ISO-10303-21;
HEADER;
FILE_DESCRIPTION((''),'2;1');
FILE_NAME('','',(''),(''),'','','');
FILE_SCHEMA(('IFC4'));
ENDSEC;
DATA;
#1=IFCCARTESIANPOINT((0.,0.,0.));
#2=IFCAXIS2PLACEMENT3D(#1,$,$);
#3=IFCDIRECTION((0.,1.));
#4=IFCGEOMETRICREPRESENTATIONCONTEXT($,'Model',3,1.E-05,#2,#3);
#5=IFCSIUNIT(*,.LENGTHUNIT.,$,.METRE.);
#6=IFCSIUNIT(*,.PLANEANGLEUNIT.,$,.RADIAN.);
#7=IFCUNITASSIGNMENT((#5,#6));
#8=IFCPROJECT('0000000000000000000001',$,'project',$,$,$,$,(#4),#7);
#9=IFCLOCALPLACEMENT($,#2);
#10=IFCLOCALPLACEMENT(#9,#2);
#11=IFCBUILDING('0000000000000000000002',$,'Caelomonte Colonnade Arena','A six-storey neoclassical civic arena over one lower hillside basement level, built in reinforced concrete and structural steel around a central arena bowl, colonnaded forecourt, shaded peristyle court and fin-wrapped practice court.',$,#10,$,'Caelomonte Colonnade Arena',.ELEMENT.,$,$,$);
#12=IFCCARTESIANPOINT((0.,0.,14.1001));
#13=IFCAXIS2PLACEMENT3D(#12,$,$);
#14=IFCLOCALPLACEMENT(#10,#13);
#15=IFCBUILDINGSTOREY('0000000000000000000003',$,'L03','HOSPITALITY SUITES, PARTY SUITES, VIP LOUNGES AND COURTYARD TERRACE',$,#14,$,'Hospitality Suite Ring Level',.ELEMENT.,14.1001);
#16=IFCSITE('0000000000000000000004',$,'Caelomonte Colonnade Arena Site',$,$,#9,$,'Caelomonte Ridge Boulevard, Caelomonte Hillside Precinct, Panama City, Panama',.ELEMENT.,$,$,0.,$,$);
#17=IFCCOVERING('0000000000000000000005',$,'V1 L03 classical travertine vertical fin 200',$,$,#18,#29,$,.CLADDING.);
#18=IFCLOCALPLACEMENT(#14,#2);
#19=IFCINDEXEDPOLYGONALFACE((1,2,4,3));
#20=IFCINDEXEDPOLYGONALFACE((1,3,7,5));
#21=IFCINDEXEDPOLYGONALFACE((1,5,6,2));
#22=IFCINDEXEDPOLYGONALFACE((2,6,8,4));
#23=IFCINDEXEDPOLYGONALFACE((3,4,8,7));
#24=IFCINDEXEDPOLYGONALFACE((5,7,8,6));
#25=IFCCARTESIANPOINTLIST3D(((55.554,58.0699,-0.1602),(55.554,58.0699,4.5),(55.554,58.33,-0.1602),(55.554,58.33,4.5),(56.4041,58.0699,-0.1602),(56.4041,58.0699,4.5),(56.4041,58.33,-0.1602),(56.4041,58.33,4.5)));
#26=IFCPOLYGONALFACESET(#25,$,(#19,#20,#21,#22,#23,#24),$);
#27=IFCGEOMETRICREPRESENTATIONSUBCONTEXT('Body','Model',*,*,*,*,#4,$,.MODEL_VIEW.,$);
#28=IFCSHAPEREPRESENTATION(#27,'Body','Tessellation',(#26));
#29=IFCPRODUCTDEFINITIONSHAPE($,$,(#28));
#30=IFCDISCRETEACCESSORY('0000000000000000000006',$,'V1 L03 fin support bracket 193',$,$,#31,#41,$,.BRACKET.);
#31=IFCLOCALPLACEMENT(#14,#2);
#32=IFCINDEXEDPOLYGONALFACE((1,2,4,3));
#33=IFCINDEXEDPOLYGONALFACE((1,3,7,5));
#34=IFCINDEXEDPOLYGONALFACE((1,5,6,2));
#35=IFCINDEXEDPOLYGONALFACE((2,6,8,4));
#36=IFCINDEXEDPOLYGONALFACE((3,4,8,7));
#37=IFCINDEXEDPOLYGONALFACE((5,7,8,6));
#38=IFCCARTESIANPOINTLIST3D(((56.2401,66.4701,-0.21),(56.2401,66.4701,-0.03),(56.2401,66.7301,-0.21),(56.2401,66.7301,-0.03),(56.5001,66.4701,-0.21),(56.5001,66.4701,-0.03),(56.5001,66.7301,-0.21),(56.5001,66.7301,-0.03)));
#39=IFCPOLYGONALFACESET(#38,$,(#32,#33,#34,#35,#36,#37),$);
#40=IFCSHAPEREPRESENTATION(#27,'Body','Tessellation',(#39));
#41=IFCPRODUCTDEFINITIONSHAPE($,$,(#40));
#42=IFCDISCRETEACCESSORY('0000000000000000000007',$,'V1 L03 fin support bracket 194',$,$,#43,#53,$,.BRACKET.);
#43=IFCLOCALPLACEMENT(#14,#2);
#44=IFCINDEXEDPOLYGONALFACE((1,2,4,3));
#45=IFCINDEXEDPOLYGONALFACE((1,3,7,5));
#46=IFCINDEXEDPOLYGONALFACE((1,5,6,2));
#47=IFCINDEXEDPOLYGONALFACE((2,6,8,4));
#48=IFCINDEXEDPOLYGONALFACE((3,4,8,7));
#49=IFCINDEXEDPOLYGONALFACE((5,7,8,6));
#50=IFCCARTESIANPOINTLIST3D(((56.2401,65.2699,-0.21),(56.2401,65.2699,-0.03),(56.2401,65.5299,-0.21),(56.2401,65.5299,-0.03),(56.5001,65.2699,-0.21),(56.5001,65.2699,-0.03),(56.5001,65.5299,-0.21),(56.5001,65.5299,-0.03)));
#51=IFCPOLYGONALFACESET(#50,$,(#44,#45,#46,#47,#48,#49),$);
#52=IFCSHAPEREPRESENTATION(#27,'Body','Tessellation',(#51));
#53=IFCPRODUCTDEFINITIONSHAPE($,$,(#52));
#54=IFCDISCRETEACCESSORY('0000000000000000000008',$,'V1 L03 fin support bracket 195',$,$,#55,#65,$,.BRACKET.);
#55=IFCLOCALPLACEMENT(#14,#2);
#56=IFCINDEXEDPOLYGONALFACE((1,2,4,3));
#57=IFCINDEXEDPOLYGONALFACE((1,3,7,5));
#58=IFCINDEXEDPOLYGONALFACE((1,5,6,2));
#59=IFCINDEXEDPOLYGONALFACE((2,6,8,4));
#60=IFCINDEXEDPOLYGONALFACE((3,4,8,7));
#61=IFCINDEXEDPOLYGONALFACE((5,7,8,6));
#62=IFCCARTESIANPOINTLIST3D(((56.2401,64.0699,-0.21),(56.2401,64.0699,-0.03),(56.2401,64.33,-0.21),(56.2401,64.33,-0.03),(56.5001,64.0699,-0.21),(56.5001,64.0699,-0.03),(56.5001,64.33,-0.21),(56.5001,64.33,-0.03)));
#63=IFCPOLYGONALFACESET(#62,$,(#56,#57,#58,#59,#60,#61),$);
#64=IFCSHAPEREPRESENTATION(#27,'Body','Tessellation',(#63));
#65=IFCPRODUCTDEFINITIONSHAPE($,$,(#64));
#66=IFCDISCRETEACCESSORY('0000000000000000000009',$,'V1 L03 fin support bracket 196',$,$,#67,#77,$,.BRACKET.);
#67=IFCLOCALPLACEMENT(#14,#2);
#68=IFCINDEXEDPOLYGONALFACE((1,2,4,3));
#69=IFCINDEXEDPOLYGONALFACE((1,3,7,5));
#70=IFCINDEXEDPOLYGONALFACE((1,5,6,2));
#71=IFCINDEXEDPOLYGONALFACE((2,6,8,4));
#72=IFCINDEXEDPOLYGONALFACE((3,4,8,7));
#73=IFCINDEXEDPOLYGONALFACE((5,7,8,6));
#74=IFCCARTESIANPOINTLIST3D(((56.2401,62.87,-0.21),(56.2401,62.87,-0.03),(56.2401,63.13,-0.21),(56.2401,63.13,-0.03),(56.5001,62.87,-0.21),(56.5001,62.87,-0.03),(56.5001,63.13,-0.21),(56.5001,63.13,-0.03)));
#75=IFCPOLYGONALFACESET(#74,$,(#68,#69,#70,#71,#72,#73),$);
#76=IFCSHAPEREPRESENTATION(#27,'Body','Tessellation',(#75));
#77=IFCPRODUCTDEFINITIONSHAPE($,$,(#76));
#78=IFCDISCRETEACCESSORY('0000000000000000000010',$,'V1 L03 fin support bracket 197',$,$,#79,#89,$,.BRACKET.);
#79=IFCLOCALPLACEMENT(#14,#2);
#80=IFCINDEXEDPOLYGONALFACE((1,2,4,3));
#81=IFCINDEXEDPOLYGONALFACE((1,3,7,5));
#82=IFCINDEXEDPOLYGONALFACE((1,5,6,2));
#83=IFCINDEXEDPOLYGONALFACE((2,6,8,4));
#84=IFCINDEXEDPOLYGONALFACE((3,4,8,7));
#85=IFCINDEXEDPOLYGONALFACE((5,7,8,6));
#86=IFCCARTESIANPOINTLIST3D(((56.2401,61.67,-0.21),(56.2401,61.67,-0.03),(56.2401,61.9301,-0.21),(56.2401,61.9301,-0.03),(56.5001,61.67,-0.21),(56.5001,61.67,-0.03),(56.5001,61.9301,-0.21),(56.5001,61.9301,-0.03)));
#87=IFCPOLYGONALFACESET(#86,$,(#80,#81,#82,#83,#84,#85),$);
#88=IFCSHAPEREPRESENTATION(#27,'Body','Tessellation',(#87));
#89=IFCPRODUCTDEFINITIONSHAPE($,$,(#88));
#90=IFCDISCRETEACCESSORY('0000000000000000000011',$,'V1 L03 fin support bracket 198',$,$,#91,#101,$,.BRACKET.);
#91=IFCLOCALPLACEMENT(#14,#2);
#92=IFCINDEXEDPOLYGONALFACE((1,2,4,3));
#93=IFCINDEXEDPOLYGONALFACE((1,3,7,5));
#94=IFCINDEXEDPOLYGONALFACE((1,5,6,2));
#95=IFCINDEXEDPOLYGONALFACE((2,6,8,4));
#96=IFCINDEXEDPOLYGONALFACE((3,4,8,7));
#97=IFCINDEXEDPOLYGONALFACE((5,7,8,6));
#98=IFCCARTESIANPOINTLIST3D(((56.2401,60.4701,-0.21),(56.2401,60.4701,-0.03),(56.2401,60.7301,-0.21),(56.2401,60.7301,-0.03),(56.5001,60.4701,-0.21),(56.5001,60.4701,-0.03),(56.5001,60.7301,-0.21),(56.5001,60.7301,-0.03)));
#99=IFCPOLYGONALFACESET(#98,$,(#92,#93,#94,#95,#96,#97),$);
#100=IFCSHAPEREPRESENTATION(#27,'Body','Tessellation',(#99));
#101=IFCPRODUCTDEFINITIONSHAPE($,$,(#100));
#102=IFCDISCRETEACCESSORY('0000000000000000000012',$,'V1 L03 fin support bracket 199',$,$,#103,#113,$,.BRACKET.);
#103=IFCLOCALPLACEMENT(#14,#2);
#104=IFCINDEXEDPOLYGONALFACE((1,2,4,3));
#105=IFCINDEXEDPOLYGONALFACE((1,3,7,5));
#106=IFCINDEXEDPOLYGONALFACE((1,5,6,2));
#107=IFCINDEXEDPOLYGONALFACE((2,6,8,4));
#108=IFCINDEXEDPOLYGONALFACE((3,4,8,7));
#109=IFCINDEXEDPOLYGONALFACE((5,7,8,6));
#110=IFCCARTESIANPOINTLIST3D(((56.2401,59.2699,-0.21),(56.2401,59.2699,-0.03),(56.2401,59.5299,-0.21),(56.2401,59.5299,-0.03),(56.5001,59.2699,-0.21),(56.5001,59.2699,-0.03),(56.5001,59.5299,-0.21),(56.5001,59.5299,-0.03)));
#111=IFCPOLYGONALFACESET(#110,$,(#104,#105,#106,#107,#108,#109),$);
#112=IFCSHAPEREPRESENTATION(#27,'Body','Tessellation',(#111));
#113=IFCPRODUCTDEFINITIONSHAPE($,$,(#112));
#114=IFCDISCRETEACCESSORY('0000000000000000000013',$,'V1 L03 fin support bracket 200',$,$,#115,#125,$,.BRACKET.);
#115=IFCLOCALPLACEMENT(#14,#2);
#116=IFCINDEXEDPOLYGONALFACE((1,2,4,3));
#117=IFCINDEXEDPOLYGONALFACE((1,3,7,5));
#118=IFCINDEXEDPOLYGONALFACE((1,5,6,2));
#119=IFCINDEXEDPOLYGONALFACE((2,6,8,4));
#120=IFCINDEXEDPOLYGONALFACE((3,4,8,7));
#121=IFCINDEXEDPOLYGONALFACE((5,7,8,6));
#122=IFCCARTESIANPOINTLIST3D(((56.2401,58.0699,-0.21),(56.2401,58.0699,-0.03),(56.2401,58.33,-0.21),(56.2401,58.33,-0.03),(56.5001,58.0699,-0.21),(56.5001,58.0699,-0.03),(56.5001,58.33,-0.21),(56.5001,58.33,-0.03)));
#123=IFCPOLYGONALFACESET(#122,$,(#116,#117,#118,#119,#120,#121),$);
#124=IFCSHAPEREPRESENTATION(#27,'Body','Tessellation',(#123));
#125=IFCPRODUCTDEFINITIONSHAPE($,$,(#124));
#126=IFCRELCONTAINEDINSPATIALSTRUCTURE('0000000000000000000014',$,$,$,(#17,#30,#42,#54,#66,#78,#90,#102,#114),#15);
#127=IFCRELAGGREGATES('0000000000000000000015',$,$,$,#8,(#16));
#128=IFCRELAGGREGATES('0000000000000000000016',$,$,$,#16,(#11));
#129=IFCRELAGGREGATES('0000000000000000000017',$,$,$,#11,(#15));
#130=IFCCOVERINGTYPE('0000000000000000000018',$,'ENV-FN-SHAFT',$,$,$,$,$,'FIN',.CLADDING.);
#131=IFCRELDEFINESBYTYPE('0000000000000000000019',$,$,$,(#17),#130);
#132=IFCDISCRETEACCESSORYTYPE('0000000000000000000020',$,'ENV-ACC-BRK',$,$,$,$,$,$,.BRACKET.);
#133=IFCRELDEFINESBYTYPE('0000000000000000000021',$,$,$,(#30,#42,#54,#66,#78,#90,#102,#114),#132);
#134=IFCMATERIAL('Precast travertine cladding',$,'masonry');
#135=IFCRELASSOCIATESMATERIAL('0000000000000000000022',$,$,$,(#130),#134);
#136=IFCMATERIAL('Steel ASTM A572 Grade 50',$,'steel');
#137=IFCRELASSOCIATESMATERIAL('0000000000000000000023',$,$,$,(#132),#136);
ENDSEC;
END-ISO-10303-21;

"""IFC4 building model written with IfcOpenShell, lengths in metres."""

from ifc_helpers import new_model, si_unit, direction, frame, origin, origin_2d, place, context, subcontext, project, spatial, rectangle, extrude, material, material_profile, profile_set, type_object, element, save


model = new_model("IFC4")

# Units and contexts
model_context = context("Model", 3, precision=1e-05, world=origin(), true_north=direction((0.0, 1.0)))
body_context = subcontext(model_context, "Body", "Model", "MODEL_VIEW")
ifc_project = project(units=[si_unit("LENGTHUNIT", "METRE"), si_unit("PLANEANGLEUNIT", "RADIAN")], contexts=[model_context])

# Site, building, storey
site_placement = place(None, origin())
site = spatial("IfcSite", under=ifc_project, at=site_placement, Name="Caelomonte Colonnade Arena Site", LongName="Caelomonte Ridge Boulevard, Caelomonte Hillside Precinct, Panama City, Panama", CompositionType="ELEMENT", RefElevation=0.0)
building_placement = place(site_placement, origin())
building = spatial("IfcBuilding", under=site, at=building_placement, Name="Caelomonte Colonnade Arena", Description="A six-storey neoclassical civic arena over one lower hillside basement level, built in reinforced concrete and structural steel around a central arena bowl, colonnaded forecourt, shaded peristyle court and fin-wrapped practice court.", LongName="Caelomonte Colonnade Arena", CompositionType="ELEMENT")
storey_placement = place(building_placement, frame((0.0, 0.0, 14.1001)))
storey = spatial("IfcBuildingStorey", under=building, at=storey_placement, Name="L03", Description="HOSPITALITY SUITES, PARTY SUITES, VIP LOUNGES AND COURTYARD TERRACE", LongName="Hospitality Suite Ring Level", CompositionType="ELEMENT", Elevation=14.1001)

# Covering
ifc_material_1 = material(Name="Precast travertine cladding", Category="masonry")
ifc_material_profile_1 = material_profile(ifc_material_1, rectangle(XDim=0.26, YDim=0.8501, at=origin_2d()), Name="FIN260X850")
ifc_profile_set_1 = profile_set([ifc_material_profile_1], Name="Precast travertine cladding")
covering_type = type_object("IfcCoveringType", Name="ENV-FN-SHAFT", ElementType="FIN", PredefinedType="CLADDING", material=ifc_profile_set_1)
for number, where, z_axis, x_axis, name in (
    (1, (55.979, 58.2, -0.1602), (0.0, 0.0, 1.0), (0.0, 1.0, 0.0), "V1 L03 classical travertine vertical fin 200"),
):
    element("IfcCovering", number, at=place(storey_placement, frame(where, z_axis=z_axis, x_axis=x_axis)), inside=storey, type_object=covering_type, Name=name, PredefinedType="CLADDING", context=body_context, shape_type="SweptSolid", body=[
        extrude(rectangle(XDim=0.26, YDim=0.8501, at=origin_2d()), origin(), (0.0, 0.0, 1.0), 4.6602),
    ])

# Discrete accessories
ifc_material_2 = material(Name="Steel ASTM A572 Grade 50", Category="steel")
discrete_accessory_type = type_object("IfcDiscreteAccessoryType", Name="ENV-ACC-BRK", PredefinedType="BRACKET", material=ifc_material_2)
for number, where, z_axis, x_axis, name in (
    (2, (56.3701, 66.6001, -0.21), (0.0, 0.0, 1.0), (0.0, -1.0, 0.0), "V1 L03 fin support bracket 193"),
    (3, (56.3701, 65.3999, -0.21), (0.0, 0.0, 1.0), (0.0, -1.0, 0.0), "V1 L03 fin support bracket 194"),
    (4, (56.3701, 64.2, -0.21), (0.0, 0.0, 1.0), (0.0, -1.0, 0.0), "V1 L03 fin support bracket 195"),
    (5, (56.3701, 63.0, -0.21), (0.0, 0.0, 1.0), (0.0, -1.0, 0.0), "V1 L03 fin support bracket 196"),
    (6, (56.3701, 61.8, -0.21), (0.0, 0.0, 1.0), (0.0, -1.0, 0.0), "V1 L03 fin support bracket 197"),
    (7, (56.3701, 60.6001, -0.21), (0.0, 0.0, 1.0), (0.0, -1.0, 0.0), "V1 L03 fin support bracket 198"),
    (8, (56.3701, 59.3999, -0.21), (0.0, 0.0, 1.0), (0.0, -1.0, 0.0), "V1 L03 fin support bracket 199"),
    (9, (56.3701, 58.2, -0.21), (0.0, 0.0, 1.0), (0.0, -1.0, 0.0), "V1 L03 fin support bracket 200"),
):
    element("IfcDiscreteAccessory", number, at=place(storey_placement, frame(where, z_axis=z_axis, x_axis=x_axis)), inside=storey, type_object=discrete_accessory_type, Name=name, PredefinedType="BRACKET", context=body_context, shape_type="SweptSolid", body=[
        extrude(rectangle(XDim=0.26, YDim=0.26, at=origin_2d()), origin(), (0.0, 0.0, 1.0), 0.1799),
    ])

save(model, "model.ifc")
